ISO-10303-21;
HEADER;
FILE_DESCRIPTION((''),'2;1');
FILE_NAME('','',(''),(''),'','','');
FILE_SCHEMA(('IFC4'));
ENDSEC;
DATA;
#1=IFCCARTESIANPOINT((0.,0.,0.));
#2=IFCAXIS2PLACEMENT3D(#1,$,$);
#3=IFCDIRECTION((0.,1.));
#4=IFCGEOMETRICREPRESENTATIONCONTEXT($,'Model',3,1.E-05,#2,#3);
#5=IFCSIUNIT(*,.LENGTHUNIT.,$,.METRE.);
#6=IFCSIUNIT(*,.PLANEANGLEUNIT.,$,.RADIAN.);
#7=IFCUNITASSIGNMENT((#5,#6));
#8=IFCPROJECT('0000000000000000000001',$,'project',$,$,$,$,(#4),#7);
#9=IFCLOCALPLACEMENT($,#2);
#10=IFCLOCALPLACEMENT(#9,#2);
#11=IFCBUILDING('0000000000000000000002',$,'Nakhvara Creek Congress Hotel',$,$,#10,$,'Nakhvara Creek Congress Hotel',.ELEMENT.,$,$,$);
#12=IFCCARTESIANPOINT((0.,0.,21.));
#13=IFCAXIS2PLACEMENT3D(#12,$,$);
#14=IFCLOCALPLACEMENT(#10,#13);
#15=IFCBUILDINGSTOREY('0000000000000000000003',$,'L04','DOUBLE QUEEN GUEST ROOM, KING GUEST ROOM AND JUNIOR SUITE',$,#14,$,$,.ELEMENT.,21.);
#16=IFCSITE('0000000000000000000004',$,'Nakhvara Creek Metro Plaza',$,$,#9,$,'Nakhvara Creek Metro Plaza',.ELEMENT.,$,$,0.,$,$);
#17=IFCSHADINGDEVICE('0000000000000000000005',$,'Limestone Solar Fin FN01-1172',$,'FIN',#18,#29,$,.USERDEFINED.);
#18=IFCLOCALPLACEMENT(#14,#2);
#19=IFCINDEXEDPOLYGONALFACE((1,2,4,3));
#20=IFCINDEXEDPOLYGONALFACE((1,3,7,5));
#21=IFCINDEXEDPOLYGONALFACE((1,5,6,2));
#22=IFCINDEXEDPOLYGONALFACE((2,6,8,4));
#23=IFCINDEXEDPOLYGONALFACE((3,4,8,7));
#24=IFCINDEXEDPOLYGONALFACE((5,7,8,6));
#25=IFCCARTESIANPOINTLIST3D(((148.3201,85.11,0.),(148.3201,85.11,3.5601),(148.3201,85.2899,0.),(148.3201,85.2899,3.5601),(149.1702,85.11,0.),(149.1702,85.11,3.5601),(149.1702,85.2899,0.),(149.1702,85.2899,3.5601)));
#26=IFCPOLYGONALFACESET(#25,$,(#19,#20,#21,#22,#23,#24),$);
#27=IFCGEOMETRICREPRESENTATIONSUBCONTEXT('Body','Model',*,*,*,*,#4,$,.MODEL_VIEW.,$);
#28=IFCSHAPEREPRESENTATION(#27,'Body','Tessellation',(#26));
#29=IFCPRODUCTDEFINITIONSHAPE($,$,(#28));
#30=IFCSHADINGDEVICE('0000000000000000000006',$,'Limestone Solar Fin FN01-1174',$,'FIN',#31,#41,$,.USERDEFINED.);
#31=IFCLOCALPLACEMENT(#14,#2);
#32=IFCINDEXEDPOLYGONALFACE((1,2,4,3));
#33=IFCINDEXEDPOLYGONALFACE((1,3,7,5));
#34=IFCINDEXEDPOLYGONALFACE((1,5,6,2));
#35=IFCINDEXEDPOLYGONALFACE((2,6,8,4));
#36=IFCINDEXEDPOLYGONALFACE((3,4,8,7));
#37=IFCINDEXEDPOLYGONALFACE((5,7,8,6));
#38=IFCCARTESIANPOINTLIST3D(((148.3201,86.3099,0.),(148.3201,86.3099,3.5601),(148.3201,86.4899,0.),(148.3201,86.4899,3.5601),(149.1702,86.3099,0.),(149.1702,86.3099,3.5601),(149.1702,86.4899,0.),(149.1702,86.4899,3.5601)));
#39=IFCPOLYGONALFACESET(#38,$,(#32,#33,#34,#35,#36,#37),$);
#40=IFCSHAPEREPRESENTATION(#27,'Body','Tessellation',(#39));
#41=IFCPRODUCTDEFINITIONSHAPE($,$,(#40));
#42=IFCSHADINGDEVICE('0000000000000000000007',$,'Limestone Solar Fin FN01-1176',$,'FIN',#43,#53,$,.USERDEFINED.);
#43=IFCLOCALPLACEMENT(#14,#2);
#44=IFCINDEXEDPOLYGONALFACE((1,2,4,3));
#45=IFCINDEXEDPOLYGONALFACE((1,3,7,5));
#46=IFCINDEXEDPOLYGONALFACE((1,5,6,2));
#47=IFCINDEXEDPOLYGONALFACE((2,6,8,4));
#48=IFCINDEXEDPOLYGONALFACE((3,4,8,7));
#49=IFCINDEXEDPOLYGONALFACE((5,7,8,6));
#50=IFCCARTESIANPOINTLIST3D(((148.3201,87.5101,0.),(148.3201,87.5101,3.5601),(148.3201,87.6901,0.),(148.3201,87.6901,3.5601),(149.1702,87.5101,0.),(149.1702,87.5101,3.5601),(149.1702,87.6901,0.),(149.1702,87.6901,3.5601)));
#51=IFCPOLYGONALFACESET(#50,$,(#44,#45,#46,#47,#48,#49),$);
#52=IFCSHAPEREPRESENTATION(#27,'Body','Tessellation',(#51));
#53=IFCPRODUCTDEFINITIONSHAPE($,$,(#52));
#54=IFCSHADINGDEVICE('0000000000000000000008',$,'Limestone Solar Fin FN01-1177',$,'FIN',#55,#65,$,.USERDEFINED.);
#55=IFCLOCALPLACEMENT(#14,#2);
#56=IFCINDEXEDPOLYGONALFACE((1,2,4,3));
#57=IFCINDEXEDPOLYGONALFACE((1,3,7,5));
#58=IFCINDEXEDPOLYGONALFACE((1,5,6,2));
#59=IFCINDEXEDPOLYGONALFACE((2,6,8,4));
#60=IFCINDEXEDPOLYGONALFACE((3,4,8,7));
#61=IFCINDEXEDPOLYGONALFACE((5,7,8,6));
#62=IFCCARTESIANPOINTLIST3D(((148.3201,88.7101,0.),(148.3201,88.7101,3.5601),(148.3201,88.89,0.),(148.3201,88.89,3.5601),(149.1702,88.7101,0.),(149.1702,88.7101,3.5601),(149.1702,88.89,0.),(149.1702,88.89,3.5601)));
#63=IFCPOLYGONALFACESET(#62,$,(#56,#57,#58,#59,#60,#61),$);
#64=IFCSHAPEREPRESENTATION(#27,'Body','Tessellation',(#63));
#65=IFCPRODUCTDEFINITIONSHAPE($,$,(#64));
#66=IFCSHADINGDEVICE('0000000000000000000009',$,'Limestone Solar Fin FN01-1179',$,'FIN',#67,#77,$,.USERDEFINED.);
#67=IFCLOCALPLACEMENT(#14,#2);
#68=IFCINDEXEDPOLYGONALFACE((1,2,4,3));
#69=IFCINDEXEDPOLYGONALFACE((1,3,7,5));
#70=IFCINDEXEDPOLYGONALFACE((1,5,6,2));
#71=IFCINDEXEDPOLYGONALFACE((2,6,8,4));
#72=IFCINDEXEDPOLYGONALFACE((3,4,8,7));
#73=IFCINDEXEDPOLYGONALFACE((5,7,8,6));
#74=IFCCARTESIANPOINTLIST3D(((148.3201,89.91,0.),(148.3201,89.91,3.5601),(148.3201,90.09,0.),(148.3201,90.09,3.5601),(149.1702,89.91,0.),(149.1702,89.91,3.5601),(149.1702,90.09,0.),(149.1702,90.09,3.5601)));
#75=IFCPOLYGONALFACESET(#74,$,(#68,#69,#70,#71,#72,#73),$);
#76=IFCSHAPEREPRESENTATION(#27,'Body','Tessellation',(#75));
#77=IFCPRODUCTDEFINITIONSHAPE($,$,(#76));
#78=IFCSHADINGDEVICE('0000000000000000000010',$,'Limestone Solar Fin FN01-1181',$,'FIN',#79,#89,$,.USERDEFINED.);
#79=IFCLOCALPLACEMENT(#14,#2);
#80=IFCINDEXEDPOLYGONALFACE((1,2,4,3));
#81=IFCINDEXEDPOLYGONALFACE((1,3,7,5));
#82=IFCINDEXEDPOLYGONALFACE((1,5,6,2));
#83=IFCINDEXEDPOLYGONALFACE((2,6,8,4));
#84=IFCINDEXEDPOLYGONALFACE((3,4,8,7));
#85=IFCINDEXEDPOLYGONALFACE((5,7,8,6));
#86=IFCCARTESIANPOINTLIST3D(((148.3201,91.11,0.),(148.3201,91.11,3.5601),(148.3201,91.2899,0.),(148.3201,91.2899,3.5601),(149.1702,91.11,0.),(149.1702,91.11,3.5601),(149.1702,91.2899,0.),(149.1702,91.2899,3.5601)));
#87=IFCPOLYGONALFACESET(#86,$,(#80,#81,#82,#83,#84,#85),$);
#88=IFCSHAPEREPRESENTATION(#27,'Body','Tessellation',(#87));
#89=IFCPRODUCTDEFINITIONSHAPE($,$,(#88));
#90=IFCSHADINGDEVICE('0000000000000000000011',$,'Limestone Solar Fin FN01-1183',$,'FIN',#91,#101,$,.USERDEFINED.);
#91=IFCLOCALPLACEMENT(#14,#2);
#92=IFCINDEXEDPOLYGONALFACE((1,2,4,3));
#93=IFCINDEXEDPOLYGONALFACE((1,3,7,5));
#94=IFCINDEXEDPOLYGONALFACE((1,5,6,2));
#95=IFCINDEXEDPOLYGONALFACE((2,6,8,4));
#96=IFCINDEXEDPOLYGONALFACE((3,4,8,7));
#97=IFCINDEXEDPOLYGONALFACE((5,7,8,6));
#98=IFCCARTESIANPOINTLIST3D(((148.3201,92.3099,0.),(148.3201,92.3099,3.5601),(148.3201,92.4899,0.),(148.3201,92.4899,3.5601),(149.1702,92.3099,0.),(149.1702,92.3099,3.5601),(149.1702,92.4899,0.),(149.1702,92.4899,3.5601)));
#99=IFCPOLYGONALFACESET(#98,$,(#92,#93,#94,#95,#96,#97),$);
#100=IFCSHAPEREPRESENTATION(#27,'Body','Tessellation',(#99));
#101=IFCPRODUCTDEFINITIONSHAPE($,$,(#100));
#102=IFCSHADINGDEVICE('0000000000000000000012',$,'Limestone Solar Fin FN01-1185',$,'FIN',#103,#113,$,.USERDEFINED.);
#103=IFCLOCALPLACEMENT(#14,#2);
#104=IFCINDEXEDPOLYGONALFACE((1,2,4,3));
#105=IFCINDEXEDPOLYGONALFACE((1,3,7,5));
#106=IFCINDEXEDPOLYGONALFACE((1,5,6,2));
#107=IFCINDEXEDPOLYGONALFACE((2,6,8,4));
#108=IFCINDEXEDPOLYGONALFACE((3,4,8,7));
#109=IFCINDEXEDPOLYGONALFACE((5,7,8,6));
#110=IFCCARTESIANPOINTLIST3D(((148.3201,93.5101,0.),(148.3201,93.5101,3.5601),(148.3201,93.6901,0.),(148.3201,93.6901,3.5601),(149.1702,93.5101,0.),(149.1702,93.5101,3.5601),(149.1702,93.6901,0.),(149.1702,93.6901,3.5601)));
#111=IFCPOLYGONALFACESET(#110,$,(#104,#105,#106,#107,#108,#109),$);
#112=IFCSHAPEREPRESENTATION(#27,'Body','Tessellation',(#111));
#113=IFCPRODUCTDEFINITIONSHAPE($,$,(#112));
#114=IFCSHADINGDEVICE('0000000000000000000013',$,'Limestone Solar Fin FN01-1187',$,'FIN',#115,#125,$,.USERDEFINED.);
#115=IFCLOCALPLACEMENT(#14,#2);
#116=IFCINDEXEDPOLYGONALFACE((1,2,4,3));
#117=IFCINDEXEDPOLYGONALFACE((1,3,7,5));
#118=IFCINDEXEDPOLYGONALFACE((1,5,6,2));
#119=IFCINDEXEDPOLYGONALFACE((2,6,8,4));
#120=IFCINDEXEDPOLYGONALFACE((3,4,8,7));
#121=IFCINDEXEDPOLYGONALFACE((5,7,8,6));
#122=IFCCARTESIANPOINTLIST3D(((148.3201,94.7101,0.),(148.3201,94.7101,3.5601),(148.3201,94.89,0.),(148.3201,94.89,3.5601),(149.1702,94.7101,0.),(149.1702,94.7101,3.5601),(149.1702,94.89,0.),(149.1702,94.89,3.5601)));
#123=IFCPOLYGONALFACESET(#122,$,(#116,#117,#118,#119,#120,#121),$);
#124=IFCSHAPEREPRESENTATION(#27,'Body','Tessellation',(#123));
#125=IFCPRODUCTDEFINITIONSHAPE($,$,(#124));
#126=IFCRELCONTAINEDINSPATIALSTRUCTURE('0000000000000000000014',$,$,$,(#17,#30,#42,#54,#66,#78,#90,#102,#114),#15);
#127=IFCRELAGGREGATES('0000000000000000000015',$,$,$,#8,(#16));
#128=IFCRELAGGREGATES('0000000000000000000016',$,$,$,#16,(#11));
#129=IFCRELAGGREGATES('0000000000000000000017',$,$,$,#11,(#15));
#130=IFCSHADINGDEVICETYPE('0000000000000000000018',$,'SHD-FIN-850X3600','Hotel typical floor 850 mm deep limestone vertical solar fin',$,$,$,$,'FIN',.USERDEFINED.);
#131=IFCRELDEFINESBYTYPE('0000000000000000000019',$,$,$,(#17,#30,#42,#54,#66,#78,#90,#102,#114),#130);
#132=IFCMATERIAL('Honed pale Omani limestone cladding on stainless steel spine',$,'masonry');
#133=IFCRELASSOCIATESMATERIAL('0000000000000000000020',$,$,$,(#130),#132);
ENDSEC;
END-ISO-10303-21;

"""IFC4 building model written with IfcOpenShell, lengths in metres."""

from ifc_helpers import new_model, si_unit, direction, frame, origin, origin_2d, place, context, subcontext, project, spatial, rectangle, extrude, material, type_object, element, save


model = new_model("IFC4")

# Units and contexts
model_context = context("Model", 3, precision=1e-05, world=origin(), true_north=direction((0.0, 1.0)))
body_context = subcontext(model_context, "Body", "Model", "MODEL_VIEW")
ifc_project = project(units=[si_unit("LENGTHUNIT", "METRE"), si_unit("PLANEANGLEUNIT", "RADIAN")], contexts=[model_context])

# Site, building, storey
site_placement = place(None, origin())
site = spatial("IfcSite", under=ifc_project, at=site_placement, Name="Nakhvara Creek Metro Plaza", LongName="Nakhvara Creek Metro Plaza", CompositionType="ELEMENT", RefElevation=0.0)
building_placement = place(site_placement, origin())
building = spatial("IfcBuilding", under=site, at=building_placement, Name="Nakhvara Creek Congress Hotel", LongName="Nakhvara Creek Congress Hotel", CompositionType="ELEMENT")
storey_placement = place(building_placement, frame((0.0, 0.0, 21.0)))
storey = spatial("IfcBuildingStorey", under=building, at=storey_placement, Name="L04", Description="DOUBLE QUEEN GUEST ROOM, KING GUEST ROOM AND JUNIOR SUITE", CompositionType="ELEMENT", Elevation=21.0)

# Shading devices
ifc_material_1 = material(Name="Honed pale Omani limestone cladding on stainless steel spine", Category="masonry")
shading_device_type = type_object("IfcShadingDeviceType", Name="SHD-FIN-850X3600", Description="Hotel typical floor 850 mm deep limestone vertical solar fin", ElementType="FIN", PredefinedType="USERDEFINED", material=ifc_material_1)
for number, where, z_axis, x_axis, name in (
    (1, (148.7451, 85.2, 0.0), (0.0, 0.0, 1.0), (0.0, 1.0, 0.0), "Limestone Solar Fin FN01-1172"),
    (2, (148.7451, 86.3999, 0.0), (0.0, 0.0, 1.0), (0.0, 1.0, 0.0), "Limestone Solar Fin FN01-1174"),
    (3, (148.7451, 87.6001, 0.0), (0.0, 0.0, 1.0), (0.0, 1.0, 0.0), "Limestone Solar Fin FN01-1176"),
    (4, (148.7451, 88.8, 0.0), (0.0, 0.0, 1.0), (0.0, 1.0, 0.0), "Limestone Solar Fin FN01-1177"),
    (5, (148.7451, 90.0, 0.0), (0.0, 0.0, 1.0), (0.0, 1.0, 0.0), "Limestone Solar Fin FN01-1179"),
    (6, (148.7451, 91.2, 0.0), (0.0, 0.0, 1.0), (0.0, 1.0, 0.0), "Limestone Solar Fin FN01-1181"),
    (7, (148.7451, 92.3999, 0.0), (0.0, 0.0, 1.0), (0.0, 1.0, 0.0), "Limestone Solar Fin FN01-1183"),
    (8, (148.7451, 93.6001, 0.0), (0.0, 0.0, 1.0), (0.0, 1.0, 0.0), "Limestone Solar Fin FN01-1185"),
    (9, (148.7451, 94.8, 0.0), (0.0, 0.0, 1.0), (0.0, 1.0, 0.0), "Limestone Solar Fin FN01-1187"),
):
    element("IfcShadingDevice", number, at=place(storey_placement, frame(where, z_axis=z_axis, x_axis=x_axis)), inside=storey, type_object=shading_device_type, Name=name, ObjectType="FIN", PredefinedType="USERDEFINED", context=body_context, shape_type="SweptSolid", body=[
        extrude(rectangle(XDim=0.1799, YDim=0.8501, at=origin_2d()), origin(), (0.0, 0.0, 1.0), 3.5601),
    ])

save(model, "model.ifc")
